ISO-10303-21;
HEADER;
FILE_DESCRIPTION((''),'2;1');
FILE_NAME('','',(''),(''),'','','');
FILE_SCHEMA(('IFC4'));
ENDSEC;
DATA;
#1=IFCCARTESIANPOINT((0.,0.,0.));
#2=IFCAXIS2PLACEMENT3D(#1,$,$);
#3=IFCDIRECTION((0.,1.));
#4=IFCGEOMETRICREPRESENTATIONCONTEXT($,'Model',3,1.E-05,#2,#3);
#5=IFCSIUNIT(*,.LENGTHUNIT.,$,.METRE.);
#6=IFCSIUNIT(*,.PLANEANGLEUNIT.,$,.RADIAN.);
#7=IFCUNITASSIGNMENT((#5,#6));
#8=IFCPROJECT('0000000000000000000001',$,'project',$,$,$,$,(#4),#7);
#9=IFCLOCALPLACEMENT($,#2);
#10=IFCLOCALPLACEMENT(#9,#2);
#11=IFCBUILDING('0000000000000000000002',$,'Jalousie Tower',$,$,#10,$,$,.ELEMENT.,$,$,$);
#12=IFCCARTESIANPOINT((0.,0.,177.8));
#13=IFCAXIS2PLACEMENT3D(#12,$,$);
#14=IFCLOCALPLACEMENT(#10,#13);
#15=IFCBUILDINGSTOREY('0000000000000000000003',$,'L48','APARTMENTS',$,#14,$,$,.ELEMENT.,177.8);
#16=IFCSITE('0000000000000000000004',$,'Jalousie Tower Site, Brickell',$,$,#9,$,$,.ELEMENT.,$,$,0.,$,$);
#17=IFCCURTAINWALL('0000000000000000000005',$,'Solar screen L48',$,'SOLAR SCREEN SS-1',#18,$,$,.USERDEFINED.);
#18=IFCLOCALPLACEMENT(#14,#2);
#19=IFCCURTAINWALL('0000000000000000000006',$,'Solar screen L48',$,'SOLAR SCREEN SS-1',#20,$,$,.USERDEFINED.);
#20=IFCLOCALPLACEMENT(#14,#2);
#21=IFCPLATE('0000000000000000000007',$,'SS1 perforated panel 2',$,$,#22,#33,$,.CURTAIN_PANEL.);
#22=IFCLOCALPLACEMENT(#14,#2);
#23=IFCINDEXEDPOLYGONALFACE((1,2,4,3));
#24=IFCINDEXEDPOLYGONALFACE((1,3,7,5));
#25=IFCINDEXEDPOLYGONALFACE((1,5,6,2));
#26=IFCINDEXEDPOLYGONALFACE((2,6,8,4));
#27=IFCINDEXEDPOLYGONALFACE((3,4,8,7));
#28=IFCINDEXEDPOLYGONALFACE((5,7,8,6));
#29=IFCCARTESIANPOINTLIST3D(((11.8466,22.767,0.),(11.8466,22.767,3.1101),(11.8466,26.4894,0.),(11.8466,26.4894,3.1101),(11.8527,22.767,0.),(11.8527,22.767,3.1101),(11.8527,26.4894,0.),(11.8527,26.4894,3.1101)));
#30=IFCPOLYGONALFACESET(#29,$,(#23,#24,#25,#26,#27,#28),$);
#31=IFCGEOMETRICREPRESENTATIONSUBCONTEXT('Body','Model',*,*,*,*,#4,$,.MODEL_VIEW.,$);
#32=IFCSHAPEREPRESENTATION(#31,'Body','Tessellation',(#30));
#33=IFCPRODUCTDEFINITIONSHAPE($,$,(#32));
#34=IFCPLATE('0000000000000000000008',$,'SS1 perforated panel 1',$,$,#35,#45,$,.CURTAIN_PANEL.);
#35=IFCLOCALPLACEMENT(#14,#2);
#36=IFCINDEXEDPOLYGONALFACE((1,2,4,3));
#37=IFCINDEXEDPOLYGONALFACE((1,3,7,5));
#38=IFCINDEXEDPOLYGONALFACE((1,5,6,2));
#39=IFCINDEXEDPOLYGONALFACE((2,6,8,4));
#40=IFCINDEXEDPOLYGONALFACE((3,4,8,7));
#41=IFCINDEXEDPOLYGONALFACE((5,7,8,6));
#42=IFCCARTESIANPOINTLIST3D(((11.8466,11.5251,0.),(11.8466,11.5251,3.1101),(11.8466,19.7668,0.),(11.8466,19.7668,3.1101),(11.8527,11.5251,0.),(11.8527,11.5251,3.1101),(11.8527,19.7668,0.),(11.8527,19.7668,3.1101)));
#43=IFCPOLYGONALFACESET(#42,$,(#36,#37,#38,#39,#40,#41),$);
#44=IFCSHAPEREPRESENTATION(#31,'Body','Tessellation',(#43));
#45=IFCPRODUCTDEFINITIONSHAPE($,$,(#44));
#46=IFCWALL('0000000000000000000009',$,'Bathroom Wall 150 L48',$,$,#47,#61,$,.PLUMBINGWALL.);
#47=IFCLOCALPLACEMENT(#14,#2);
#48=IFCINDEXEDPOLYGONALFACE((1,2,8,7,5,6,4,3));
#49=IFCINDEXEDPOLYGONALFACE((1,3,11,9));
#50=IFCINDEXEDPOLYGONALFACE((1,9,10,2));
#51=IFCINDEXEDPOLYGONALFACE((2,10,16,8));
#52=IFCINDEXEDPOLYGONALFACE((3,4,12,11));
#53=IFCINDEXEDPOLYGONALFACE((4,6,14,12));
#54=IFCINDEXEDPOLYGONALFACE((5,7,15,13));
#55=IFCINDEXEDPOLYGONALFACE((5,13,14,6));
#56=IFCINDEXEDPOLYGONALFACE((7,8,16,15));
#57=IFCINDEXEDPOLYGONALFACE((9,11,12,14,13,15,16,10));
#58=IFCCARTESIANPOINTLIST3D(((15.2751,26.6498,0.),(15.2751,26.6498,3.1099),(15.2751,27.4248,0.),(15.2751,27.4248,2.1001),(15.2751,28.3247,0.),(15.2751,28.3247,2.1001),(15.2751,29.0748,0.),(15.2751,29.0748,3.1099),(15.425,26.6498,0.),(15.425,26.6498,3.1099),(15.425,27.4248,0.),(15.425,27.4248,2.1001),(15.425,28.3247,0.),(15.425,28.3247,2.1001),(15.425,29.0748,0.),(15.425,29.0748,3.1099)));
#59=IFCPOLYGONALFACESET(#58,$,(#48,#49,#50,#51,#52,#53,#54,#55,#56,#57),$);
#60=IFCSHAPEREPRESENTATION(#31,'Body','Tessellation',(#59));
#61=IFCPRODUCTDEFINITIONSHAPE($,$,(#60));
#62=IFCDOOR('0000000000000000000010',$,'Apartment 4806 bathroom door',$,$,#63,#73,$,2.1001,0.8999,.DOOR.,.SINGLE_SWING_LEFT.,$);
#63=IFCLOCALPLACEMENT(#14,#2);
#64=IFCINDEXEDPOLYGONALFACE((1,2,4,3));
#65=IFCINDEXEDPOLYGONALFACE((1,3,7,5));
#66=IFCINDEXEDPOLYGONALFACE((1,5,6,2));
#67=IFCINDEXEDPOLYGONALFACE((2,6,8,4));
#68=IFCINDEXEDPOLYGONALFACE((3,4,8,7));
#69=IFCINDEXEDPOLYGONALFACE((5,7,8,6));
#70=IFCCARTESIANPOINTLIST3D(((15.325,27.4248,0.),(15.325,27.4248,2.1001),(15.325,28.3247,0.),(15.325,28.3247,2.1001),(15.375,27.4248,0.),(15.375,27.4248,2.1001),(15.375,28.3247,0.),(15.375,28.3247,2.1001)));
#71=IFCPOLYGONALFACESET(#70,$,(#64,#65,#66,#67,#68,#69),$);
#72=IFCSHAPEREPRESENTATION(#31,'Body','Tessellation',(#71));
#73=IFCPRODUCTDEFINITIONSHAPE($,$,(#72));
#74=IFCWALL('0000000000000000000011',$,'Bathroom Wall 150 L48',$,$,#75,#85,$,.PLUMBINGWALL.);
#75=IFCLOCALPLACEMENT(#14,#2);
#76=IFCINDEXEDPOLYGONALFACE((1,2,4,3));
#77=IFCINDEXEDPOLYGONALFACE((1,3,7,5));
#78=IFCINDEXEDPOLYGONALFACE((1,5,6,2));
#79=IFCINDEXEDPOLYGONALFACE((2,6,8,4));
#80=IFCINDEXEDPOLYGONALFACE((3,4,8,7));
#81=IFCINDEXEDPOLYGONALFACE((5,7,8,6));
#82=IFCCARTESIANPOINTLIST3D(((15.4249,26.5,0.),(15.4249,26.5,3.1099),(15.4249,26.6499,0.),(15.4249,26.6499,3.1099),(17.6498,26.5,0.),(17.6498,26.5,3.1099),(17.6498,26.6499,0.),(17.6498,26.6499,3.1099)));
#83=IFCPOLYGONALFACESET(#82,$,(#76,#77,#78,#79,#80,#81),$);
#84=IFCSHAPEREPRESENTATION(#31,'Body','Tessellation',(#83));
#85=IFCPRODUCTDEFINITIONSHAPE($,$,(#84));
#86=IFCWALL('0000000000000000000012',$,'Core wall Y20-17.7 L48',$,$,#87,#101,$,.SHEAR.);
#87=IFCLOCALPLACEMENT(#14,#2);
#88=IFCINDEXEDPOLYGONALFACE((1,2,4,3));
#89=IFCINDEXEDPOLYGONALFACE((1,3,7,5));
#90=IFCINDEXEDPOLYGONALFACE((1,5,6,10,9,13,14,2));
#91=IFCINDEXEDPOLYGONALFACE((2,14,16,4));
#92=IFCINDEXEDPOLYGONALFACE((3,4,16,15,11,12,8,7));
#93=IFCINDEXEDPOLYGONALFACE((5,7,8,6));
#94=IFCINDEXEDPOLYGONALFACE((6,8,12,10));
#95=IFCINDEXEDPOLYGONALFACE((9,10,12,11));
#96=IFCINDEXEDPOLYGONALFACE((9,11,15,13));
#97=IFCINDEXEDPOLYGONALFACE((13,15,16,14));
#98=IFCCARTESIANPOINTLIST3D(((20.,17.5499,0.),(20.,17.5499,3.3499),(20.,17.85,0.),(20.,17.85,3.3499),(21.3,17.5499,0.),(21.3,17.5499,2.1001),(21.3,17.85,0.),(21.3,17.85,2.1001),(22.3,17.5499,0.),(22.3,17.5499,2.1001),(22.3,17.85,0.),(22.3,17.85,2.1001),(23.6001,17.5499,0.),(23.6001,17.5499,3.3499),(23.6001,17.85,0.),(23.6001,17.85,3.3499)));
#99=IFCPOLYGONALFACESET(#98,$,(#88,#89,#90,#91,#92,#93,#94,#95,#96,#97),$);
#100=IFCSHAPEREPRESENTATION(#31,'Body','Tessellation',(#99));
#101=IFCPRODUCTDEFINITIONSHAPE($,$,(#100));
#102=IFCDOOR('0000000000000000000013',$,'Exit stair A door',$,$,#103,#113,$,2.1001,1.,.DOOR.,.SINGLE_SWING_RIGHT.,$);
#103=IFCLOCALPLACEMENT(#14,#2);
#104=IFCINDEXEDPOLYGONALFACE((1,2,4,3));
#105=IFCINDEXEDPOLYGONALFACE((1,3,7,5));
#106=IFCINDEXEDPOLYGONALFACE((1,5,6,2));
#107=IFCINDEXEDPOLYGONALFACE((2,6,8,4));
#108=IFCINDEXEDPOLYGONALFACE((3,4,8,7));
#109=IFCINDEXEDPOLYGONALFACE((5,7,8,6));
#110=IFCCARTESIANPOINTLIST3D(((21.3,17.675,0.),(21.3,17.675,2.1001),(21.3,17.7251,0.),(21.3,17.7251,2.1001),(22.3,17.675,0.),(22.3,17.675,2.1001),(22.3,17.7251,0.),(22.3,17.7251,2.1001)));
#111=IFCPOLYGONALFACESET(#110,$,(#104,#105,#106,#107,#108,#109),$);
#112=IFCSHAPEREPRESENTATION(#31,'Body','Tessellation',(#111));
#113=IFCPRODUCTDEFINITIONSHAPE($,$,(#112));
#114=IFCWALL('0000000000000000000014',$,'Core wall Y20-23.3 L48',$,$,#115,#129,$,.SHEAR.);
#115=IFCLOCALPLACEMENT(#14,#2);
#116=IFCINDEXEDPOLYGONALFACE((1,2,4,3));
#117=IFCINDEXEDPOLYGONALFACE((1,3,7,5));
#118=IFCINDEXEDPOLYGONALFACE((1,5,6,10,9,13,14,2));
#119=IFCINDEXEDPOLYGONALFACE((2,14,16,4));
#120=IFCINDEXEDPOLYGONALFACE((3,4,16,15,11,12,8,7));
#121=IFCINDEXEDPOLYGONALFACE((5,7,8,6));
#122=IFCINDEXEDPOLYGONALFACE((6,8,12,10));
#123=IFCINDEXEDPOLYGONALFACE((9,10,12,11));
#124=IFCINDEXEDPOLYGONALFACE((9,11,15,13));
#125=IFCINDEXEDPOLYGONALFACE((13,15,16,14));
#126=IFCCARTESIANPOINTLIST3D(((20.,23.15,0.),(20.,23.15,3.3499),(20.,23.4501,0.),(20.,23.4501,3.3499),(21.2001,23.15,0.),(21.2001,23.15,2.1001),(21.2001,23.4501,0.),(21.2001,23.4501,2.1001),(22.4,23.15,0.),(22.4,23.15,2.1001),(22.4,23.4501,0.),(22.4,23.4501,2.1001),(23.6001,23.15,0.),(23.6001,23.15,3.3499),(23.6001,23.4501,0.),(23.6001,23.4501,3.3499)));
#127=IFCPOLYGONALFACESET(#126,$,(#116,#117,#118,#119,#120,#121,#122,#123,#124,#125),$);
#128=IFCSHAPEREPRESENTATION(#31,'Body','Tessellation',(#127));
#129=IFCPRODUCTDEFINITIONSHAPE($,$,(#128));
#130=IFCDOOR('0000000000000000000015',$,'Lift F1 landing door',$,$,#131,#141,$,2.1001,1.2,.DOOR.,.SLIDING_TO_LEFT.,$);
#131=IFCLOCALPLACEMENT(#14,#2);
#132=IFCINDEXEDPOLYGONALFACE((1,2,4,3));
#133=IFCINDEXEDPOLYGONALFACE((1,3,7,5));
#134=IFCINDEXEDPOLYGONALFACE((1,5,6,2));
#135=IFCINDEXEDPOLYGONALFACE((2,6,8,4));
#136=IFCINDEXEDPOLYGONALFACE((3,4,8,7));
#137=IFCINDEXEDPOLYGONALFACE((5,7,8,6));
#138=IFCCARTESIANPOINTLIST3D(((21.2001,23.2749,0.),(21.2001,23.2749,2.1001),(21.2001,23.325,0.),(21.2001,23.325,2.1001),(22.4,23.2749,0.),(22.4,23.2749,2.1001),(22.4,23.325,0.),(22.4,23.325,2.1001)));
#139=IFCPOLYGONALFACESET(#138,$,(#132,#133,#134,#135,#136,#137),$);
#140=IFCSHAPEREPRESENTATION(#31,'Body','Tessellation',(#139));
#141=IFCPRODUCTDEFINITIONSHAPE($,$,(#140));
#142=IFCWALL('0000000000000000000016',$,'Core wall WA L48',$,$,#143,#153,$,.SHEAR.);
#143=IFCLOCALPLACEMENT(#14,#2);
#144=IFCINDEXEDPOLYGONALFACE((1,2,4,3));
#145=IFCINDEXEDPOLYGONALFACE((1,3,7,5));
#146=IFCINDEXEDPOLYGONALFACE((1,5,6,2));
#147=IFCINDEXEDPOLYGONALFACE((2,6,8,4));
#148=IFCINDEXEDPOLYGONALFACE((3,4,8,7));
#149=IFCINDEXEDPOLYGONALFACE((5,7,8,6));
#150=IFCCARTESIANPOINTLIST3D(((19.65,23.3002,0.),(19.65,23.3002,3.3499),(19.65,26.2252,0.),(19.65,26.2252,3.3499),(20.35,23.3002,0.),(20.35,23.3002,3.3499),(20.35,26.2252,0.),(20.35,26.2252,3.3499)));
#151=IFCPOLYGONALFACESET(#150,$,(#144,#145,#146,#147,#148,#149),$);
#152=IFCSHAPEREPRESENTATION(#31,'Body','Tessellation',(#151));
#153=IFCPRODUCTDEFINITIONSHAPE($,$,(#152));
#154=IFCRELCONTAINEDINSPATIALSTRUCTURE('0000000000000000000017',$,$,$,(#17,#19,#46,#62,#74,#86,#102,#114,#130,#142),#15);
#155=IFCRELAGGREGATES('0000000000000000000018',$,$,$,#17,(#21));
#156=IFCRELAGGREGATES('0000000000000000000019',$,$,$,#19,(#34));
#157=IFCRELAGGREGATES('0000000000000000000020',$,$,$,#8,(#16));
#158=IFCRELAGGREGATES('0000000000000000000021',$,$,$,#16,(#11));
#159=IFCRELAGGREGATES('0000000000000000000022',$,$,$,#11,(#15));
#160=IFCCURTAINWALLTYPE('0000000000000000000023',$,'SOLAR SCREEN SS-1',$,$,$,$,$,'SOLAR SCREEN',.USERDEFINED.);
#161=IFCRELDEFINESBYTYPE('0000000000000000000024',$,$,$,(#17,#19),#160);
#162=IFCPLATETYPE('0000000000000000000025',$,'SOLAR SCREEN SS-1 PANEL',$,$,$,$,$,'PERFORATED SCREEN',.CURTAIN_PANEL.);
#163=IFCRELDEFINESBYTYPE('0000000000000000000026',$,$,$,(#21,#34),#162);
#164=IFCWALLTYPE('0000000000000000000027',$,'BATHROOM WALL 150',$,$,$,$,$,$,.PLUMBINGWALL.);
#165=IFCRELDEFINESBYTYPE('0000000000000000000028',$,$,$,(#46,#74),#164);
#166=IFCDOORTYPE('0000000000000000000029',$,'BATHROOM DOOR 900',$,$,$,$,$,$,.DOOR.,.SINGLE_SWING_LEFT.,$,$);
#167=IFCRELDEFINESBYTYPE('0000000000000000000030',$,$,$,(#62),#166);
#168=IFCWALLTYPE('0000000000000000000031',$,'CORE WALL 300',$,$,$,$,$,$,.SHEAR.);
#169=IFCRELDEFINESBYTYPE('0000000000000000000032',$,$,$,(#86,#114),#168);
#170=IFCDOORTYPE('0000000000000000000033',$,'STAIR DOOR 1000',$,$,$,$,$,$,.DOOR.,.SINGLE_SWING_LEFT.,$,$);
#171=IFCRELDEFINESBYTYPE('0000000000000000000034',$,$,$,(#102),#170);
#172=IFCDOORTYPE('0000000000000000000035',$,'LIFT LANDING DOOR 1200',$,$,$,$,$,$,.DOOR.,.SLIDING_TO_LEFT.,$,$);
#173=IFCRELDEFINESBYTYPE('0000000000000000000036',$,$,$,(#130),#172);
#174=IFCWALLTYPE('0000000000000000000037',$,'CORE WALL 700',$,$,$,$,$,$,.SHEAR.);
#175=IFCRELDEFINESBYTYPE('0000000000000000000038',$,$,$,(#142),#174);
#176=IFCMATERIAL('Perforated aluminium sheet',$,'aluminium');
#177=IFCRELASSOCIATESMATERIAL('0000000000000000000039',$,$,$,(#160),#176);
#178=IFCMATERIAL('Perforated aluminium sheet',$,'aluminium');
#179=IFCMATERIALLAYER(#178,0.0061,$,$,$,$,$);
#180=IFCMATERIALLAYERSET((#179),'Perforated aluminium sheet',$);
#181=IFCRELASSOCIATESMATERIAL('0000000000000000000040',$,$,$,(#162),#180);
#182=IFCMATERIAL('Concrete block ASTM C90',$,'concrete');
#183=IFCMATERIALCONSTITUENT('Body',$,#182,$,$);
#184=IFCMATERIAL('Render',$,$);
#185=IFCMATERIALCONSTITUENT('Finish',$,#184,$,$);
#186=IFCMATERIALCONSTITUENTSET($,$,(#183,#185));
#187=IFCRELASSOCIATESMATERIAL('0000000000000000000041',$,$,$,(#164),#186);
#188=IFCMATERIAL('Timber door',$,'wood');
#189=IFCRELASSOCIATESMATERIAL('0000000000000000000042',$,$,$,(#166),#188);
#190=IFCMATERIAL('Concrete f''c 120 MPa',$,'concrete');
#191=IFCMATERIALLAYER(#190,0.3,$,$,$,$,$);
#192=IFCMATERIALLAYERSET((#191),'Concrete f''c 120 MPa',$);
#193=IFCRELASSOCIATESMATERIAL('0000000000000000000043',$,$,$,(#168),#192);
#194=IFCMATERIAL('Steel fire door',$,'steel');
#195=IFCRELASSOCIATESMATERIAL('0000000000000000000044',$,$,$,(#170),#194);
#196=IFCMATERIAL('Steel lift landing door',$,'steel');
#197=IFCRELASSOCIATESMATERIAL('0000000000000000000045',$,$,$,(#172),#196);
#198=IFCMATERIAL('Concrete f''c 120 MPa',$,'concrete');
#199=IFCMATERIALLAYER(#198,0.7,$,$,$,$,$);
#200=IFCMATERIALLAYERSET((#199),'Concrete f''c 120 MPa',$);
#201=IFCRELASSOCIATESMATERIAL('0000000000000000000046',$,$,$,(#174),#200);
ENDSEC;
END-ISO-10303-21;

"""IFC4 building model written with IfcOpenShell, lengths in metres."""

from ifc_helpers import new_model, si_unit, direction, frame, frame_2d, origin, origin_2d, place, context, subcontext, project, spatial, rectangle, extrude, material, layer, layer_set, constituent, constituent_set, type_object, element, fill, aggregate, save


model = new_model("IFC4")

# Units and contexts
model_context = context("Model", 3, precision=1e-05, world=origin(), true_north=direction((0.0, 1.0)))
body_context = subcontext(model_context, "Body", "Model", "MODEL_VIEW")
ifc_project = project(units=[si_unit("LENGTHUNIT", "METRE"), si_unit("PLANEANGLEUNIT", "RADIAN")], contexts=[model_context])

# Site, building, storey
site_placement = place(None, origin())
site = spatial("IfcSite", under=ifc_project, at=site_placement, Name="Jalousie Tower Site, Brickell", CompositionType="ELEMENT", RefElevation=0.0)
building_placement = place(site_placement, origin())
building = spatial("IfcBuilding", under=site, at=building_placement, Name="Jalousie Tower", CompositionType="ELEMENT")
storey_placement = place(building_placement, frame((0.0, 0.0, 177.8)))
storey = spatial("IfcBuildingStorey", under=building, at=storey_placement, Name="L48", Description="APARTMENTS", CompositionType="ELEMENT", Elevation=177.8)

# Curtain walls
ifc_material_1 = material(Name="Perforated aluminium sheet", Category="aluminium")
curtain_wall_type = type_object("IfcCurtainWallType", Name="SOLAR SCREEN SS-1", ElementType="SOLAR SCREEN", PredefinedType="USERDEFINED", material=ifc_material_1)
curtain_wall_1_placement = place(storey_placement, origin())
curtain_wall_1 = element("IfcCurtainWall", 1, at=curtain_wall_1_placement, inside=storey, type_object=curtain_wall_type, Name="Solar screen L48", ObjectType="SOLAR SCREEN SS-1", PredefinedType="USERDEFINED")
curtain_wall_2_placement = place(storey_placement, origin())
curtain_wall_2 = element("IfcCurtainWall", 2, at=curtain_wall_2_placement, inside=storey, type_object=curtain_wall_type, Name="Solar screen L48", ObjectType="SOLAR SCREEN SS-1", PredefinedType="USERDEFINED")

# Plates
ifc_material_2 = material(Name="Perforated aluminium sheet", Category="aluminium")
ifc_layer_1 = layer(ifc_material_2, 0.0061)
ifc_layer_set_1 = layer_set([ifc_layer_1], Name="Perforated aluminium sheet")
plate_type = type_object("IfcPlateType", Name="SOLAR SCREEN SS-1 PANEL", ElementType="PERFORATED SCREEN", PredefinedType="CURTAIN_PANEL", material=ifc_layer_set_1)
plate_1_placement = place(storey_placement, frame((11.8496, 24.6282, 0.0), z_axis=(0.0, 0.0, 1.0), x_axis=(0.0, -1.0, 0.0)))
plate_1 = element("IfcPlate", 3, at=plate_1_placement, type_object=plate_type, Name="SS1 perforated panel 2", PredefinedType="CURTAIN_PANEL", context=body_context, shape_type="SweptSolid", body=[
    extrude(rectangle(XDim=3.7224, YDim=0.0061, at=origin_2d()), origin(), (0.0, 0.0, 1.0), 3.1101),
])
aggregate(curtain_wall_1, [plate_1])
plate_2_placement = place(storey_placement, frame((11.8496, 15.646, 0.0), z_axis=(0.0, 0.0, 1.0), x_axis=(0.0, -1.0, 0.0)))
plate_2 = element("IfcPlate", 4, at=plate_2_placement, type_object=plate_type, Name="SS1 perforated panel 1", PredefinedType="CURTAIN_PANEL", context=body_context, shape_type="SweptSolid", body=[
    extrude(rectangle(XDim=8.2417, YDim=0.0061, at=origin_2d()), origin(), (0.0, 0.0, 1.0), 3.1101),
])
aggregate(curtain_wall_2, [plate_2])

# Wall, opening, door
ifc_material_3 = material(Name="Concrete block ASTM C90", Category="concrete")
ifc_constituent_1 = constituent(ifc_material_3, Name="Body")
ifc_material_4 = material(Name="Render")
ifc_constituent_2 = constituent(ifc_material_4, Name="Finish")
ifc_constituent_set_1 = constituent_set(constituents=[ifc_constituent_1, ifc_constituent_2])
wall_type_1 = type_object("IfcWallType", Name="BATHROOM WALL 150", PredefinedType="PLUMBINGWALL", material=ifc_constituent_set_1)
wall_1_placement = place(storey_placement, frame((15.3501, 26.6499, 0.0), z_axis=(0.0, 0.0, 1.0), x_axis=(0.0, 1.0, 0.0)))
wall_1 = element("IfcWall", 5, at=wall_1_placement, inside=storey, type_object=wall_type_1, Name="Bathroom Wall 150 L48", PredefinedType="PLUMBINGWALL", context=body_context, shape_type="SweptSolid", body=[
    extrude(rectangle(XDim=2.425, YDim=0.1499, at=frame_2d((1.2124, 0.0))), origin(), (0.0, 0.0, 1.0), 3.1099),
])
opening_1_placement = place(wall_1_placement, frame((0.7749, 0.0, 0.0)))
opening_1 = element("IfcOpeningElement", 6, at=opening_1_placement, cuts=wall_1, PredefinedType="OPENING", context=body_context, shape_type="SweptSolid", body=[
    extrude(rectangle(XDim=0.8999, YDim=2.1001, at=frame_2d((0.45, 1.05))), frame((0.0, 0.085, 0.0), z_axis=(0.0, -1.0, 0.0), x_axis=(1.0, 0.0, 0.0)), (0.0, 0.0, 1.0), 0.1699),
])
ifc_material_5 = material(Name="Timber door", Category="wood")
door_type_1 = type_object("IfcDoorType", Name="BATHROOM DOOR 900", OperationType="SINGLE_SWING_LEFT", PredefinedType="DOOR", material=ifc_material_5)
door_1_placement = place(opening_1_placement, frame((0.8999, 0.0, 0.0), z_axis=(0.0, 0.0, 1.0), x_axis=(-1.0, 0.0, 0.0)))
door_1 = element("IfcDoor", 7, at=door_1_placement, inside=storey, type_object=door_type_1, Name="Apartment 4806 bathroom door", OperationType="SINGLE_SWING_LEFT", OverallHeight=2.1001, OverallWidth=0.8999, PredefinedType="DOOR", context=body_context, shape_type="SweptSolid", body=[
    extrude(rectangle(XDim=0.8999, YDim=2.1001, at=frame_2d((0.45, 1.05))), frame((0.0, 0.0249, 0.0), z_axis=(0.0, -1.0, 0.0), x_axis=(1.0, 0.0, 0.0)), (0.0, 0.0, 1.0), 0.05),
])
fill(opening_1, door_1)

# Wall
wall_2_placement = place(storey_placement, frame((15.425, 26.575, 0.0), z_axis=(0.0, 0.0, 1.0), x_axis=(1.0, 0.0, 0.0)))
element("IfcWall", 8, at=wall_2_placement, inside=storey, type_object=wall_type_1, Name="Bathroom Wall 150 L48", PredefinedType="PLUMBINGWALL", context=body_context, shape_type="SweptSolid", body=[
    extrude(rectangle(XDim=2.2249, YDim=0.1499, at=frame_2d((1.1123, 0.0))), origin(), (0.0, 0.0, 1.0), 3.1099),
])

# Walls, openings, doors
ifc_material_6 = material(Name="Concrete f'c 120 MPa", Category="concrete")
ifc_layer_2 = layer(ifc_material_6, 0.3)
ifc_layer_set_2 = layer_set([ifc_layer_2], Name="Concrete f'c 120 MPa")
wall_type_2 = type_object("IfcWallType", Name="CORE WALL 300", PredefinedType="SHEAR", material=ifc_layer_set_2)
wall_3_placement = place(storey_placement, frame((20.0, 17.7, 0.0), z_axis=(0.0, 0.0, 1.0), x_axis=(1.0, 0.0, 0.0)))
wall_3 = element("IfcWall", 9, at=wall_3_placement, inside=storey, type_object=wall_type_2, Name="Core wall Y20-17.7 L48", PredefinedType="SHEAR", context=body_context, shape_type="SweptSolid", body=[
    extrude(rectangle(XDim=3.6001, YDim=0.3, at=frame_2d((1.8, 0.0))), origin(), (0.0, 0.0, 1.0), 3.3499),
])
opening_2_placement = place(wall_3_placement, frame((1.3, 0.0, 0.0)))
opening_2 = element("IfcOpeningElement", 10, at=opening_2_placement, cuts=wall_3, PredefinedType="OPENING", context=body_context, shape_type="SweptSolid", body=[
    extrude(rectangle(XDim=1.0, YDim=2.1001, at=frame_2d((0.5, 1.05))), frame((0.0, 0.1599, 0.0), z_axis=(0.0, -1.0, 0.0), x_axis=(1.0, 0.0, 0.0)), (0.0, 0.0, 1.0), 0.3201),
])
ifc_material_7 = material(Name="Steel fire door", Category="steel")
door_type_2 = type_object("IfcDoorType", Name="STAIR DOOR 1000", OperationType="SINGLE_SWING_LEFT", PredefinedType="DOOR", material=ifc_material_7)
door_2_placement = place(opening_2_placement, frame((1.0, 0.0, 0.0), z_axis=(0.0, 0.0, 1.0), x_axis=(-1.0, 0.0, 0.0)))
door_2 = element("IfcDoor", 11, at=door_2_placement, inside=storey, type_object=door_type_2, Name="Exit stair A door", OperationType="SINGLE_SWING_RIGHT", OverallHeight=2.1001, OverallWidth=1.0, PredefinedType="DOOR", context=body_context, shape_type="SweptSolid", body=[
    extrude(rectangle(XDim=1.0, YDim=2.1001, at=frame_2d((0.5, 1.05))), frame((0.0, 0.0249, 0.0), z_axis=(0.0, -1.0, 0.0), x_axis=(1.0, 0.0, 0.0)), (0.0, 0.0, 1.0), 0.05),
])
fill(opening_2, door_2)
wall_4_placement = place(storey_placement, frame((20.0, 23.3, 0.0), z_axis=(0.0, 0.0, 1.0), x_axis=(1.0, 0.0, 0.0)))
wall_4 = element("IfcWall", 12, at=wall_4_placement, inside=storey, type_object=wall_type_2, Name="Core wall Y20-23.3 L48", PredefinedType="SHEAR", context=body_context, shape_type="SweptSolid", body=[
    extrude(rectangle(XDim=3.6001, YDim=0.3, at=frame_2d((1.8, 0.0))), origin(), (0.0, 0.0, 1.0), 3.3499),
])
opening_3_placement = place(wall_4_placement, frame((1.2, 0.0, 0.0)))
opening_3 = element("IfcOpeningElement", 13, at=opening_3_placement, cuts=wall_4, PredefinedType="OPENING", context=body_context, shape_type="SweptSolid", body=[
    extrude(rectangle(XDim=1.2, YDim=2.1001, at=frame_2d((0.6001, 1.05))), frame((0.0, 0.1599, 0.0), z_axis=(0.0, -1.0, 0.0), x_axis=(1.0, 0.0, 0.0)), (0.0, 0.0, 1.0), 0.3201),
])
ifc_material_8 = material(Name="Steel lift landing door", Category="steel")
door_type_3 = type_object("IfcDoorType", Name="LIFT LANDING DOOR 1200", OperationType="SLIDING_TO_LEFT", PredefinedType="DOOR", material=ifc_material_8)
door_3_placement = place(opening_3_placement, origin())
door_3 = element("IfcDoor", 14, at=door_3_placement, inside=storey, type_object=door_type_3, Name="Lift F1 landing door", OperationType="SLIDING_TO_LEFT", OverallHeight=2.1001, OverallWidth=1.2, PredefinedType="DOOR", context=body_context, shape_type="SweptSolid", body=[
    extrude(rectangle(XDim=1.2, YDim=2.1001, at=frame_2d((0.6001, 1.05))), frame((0.0, 0.0249, 0.0), z_axis=(0.0, -1.0, 0.0), x_axis=(1.0, 0.0, 0.0)), (0.0, 0.0, 1.0), 0.05),
])
fill(opening_3, door_3)

# Wall
ifc_material_9 = material(Name="Concrete f'c 120 MPa", Category="concrete")
ifc_layer_3 = layer(ifc_material_9, 0.7)
ifc_layer_set_3 = layer_set([ifc_layer_3], Name="Concrete f'c 120 MPa")
wall_type_3 = type_object("IfcWallType", Name="CORE WALL 700", PredefinedType="SHEAR", material=ifc_layer_set_3)
wall_5_placement = place(storey_placement, frame((20.0, 26.2251, 0.0), z_axis=(0.0, 0.0, 1.0), x_axis=(0.0, -1.0, 0.0)))
element("IfcWall", 15, at=wall_5_placement, inside=storey, type_object=wall_type_3, Name="Core wall WA L48", PredefinedType="SHEAR", context=body_context, shape_type="SweptSolid", body=[
    extrude(rectangle(XDim=2.925, YDim=0.7, at=frame_2d((1.4624, 0.0))), origin(), (0.0, 0.0, 1.0), 3.3499),
])

save(model, "model.ifc")
